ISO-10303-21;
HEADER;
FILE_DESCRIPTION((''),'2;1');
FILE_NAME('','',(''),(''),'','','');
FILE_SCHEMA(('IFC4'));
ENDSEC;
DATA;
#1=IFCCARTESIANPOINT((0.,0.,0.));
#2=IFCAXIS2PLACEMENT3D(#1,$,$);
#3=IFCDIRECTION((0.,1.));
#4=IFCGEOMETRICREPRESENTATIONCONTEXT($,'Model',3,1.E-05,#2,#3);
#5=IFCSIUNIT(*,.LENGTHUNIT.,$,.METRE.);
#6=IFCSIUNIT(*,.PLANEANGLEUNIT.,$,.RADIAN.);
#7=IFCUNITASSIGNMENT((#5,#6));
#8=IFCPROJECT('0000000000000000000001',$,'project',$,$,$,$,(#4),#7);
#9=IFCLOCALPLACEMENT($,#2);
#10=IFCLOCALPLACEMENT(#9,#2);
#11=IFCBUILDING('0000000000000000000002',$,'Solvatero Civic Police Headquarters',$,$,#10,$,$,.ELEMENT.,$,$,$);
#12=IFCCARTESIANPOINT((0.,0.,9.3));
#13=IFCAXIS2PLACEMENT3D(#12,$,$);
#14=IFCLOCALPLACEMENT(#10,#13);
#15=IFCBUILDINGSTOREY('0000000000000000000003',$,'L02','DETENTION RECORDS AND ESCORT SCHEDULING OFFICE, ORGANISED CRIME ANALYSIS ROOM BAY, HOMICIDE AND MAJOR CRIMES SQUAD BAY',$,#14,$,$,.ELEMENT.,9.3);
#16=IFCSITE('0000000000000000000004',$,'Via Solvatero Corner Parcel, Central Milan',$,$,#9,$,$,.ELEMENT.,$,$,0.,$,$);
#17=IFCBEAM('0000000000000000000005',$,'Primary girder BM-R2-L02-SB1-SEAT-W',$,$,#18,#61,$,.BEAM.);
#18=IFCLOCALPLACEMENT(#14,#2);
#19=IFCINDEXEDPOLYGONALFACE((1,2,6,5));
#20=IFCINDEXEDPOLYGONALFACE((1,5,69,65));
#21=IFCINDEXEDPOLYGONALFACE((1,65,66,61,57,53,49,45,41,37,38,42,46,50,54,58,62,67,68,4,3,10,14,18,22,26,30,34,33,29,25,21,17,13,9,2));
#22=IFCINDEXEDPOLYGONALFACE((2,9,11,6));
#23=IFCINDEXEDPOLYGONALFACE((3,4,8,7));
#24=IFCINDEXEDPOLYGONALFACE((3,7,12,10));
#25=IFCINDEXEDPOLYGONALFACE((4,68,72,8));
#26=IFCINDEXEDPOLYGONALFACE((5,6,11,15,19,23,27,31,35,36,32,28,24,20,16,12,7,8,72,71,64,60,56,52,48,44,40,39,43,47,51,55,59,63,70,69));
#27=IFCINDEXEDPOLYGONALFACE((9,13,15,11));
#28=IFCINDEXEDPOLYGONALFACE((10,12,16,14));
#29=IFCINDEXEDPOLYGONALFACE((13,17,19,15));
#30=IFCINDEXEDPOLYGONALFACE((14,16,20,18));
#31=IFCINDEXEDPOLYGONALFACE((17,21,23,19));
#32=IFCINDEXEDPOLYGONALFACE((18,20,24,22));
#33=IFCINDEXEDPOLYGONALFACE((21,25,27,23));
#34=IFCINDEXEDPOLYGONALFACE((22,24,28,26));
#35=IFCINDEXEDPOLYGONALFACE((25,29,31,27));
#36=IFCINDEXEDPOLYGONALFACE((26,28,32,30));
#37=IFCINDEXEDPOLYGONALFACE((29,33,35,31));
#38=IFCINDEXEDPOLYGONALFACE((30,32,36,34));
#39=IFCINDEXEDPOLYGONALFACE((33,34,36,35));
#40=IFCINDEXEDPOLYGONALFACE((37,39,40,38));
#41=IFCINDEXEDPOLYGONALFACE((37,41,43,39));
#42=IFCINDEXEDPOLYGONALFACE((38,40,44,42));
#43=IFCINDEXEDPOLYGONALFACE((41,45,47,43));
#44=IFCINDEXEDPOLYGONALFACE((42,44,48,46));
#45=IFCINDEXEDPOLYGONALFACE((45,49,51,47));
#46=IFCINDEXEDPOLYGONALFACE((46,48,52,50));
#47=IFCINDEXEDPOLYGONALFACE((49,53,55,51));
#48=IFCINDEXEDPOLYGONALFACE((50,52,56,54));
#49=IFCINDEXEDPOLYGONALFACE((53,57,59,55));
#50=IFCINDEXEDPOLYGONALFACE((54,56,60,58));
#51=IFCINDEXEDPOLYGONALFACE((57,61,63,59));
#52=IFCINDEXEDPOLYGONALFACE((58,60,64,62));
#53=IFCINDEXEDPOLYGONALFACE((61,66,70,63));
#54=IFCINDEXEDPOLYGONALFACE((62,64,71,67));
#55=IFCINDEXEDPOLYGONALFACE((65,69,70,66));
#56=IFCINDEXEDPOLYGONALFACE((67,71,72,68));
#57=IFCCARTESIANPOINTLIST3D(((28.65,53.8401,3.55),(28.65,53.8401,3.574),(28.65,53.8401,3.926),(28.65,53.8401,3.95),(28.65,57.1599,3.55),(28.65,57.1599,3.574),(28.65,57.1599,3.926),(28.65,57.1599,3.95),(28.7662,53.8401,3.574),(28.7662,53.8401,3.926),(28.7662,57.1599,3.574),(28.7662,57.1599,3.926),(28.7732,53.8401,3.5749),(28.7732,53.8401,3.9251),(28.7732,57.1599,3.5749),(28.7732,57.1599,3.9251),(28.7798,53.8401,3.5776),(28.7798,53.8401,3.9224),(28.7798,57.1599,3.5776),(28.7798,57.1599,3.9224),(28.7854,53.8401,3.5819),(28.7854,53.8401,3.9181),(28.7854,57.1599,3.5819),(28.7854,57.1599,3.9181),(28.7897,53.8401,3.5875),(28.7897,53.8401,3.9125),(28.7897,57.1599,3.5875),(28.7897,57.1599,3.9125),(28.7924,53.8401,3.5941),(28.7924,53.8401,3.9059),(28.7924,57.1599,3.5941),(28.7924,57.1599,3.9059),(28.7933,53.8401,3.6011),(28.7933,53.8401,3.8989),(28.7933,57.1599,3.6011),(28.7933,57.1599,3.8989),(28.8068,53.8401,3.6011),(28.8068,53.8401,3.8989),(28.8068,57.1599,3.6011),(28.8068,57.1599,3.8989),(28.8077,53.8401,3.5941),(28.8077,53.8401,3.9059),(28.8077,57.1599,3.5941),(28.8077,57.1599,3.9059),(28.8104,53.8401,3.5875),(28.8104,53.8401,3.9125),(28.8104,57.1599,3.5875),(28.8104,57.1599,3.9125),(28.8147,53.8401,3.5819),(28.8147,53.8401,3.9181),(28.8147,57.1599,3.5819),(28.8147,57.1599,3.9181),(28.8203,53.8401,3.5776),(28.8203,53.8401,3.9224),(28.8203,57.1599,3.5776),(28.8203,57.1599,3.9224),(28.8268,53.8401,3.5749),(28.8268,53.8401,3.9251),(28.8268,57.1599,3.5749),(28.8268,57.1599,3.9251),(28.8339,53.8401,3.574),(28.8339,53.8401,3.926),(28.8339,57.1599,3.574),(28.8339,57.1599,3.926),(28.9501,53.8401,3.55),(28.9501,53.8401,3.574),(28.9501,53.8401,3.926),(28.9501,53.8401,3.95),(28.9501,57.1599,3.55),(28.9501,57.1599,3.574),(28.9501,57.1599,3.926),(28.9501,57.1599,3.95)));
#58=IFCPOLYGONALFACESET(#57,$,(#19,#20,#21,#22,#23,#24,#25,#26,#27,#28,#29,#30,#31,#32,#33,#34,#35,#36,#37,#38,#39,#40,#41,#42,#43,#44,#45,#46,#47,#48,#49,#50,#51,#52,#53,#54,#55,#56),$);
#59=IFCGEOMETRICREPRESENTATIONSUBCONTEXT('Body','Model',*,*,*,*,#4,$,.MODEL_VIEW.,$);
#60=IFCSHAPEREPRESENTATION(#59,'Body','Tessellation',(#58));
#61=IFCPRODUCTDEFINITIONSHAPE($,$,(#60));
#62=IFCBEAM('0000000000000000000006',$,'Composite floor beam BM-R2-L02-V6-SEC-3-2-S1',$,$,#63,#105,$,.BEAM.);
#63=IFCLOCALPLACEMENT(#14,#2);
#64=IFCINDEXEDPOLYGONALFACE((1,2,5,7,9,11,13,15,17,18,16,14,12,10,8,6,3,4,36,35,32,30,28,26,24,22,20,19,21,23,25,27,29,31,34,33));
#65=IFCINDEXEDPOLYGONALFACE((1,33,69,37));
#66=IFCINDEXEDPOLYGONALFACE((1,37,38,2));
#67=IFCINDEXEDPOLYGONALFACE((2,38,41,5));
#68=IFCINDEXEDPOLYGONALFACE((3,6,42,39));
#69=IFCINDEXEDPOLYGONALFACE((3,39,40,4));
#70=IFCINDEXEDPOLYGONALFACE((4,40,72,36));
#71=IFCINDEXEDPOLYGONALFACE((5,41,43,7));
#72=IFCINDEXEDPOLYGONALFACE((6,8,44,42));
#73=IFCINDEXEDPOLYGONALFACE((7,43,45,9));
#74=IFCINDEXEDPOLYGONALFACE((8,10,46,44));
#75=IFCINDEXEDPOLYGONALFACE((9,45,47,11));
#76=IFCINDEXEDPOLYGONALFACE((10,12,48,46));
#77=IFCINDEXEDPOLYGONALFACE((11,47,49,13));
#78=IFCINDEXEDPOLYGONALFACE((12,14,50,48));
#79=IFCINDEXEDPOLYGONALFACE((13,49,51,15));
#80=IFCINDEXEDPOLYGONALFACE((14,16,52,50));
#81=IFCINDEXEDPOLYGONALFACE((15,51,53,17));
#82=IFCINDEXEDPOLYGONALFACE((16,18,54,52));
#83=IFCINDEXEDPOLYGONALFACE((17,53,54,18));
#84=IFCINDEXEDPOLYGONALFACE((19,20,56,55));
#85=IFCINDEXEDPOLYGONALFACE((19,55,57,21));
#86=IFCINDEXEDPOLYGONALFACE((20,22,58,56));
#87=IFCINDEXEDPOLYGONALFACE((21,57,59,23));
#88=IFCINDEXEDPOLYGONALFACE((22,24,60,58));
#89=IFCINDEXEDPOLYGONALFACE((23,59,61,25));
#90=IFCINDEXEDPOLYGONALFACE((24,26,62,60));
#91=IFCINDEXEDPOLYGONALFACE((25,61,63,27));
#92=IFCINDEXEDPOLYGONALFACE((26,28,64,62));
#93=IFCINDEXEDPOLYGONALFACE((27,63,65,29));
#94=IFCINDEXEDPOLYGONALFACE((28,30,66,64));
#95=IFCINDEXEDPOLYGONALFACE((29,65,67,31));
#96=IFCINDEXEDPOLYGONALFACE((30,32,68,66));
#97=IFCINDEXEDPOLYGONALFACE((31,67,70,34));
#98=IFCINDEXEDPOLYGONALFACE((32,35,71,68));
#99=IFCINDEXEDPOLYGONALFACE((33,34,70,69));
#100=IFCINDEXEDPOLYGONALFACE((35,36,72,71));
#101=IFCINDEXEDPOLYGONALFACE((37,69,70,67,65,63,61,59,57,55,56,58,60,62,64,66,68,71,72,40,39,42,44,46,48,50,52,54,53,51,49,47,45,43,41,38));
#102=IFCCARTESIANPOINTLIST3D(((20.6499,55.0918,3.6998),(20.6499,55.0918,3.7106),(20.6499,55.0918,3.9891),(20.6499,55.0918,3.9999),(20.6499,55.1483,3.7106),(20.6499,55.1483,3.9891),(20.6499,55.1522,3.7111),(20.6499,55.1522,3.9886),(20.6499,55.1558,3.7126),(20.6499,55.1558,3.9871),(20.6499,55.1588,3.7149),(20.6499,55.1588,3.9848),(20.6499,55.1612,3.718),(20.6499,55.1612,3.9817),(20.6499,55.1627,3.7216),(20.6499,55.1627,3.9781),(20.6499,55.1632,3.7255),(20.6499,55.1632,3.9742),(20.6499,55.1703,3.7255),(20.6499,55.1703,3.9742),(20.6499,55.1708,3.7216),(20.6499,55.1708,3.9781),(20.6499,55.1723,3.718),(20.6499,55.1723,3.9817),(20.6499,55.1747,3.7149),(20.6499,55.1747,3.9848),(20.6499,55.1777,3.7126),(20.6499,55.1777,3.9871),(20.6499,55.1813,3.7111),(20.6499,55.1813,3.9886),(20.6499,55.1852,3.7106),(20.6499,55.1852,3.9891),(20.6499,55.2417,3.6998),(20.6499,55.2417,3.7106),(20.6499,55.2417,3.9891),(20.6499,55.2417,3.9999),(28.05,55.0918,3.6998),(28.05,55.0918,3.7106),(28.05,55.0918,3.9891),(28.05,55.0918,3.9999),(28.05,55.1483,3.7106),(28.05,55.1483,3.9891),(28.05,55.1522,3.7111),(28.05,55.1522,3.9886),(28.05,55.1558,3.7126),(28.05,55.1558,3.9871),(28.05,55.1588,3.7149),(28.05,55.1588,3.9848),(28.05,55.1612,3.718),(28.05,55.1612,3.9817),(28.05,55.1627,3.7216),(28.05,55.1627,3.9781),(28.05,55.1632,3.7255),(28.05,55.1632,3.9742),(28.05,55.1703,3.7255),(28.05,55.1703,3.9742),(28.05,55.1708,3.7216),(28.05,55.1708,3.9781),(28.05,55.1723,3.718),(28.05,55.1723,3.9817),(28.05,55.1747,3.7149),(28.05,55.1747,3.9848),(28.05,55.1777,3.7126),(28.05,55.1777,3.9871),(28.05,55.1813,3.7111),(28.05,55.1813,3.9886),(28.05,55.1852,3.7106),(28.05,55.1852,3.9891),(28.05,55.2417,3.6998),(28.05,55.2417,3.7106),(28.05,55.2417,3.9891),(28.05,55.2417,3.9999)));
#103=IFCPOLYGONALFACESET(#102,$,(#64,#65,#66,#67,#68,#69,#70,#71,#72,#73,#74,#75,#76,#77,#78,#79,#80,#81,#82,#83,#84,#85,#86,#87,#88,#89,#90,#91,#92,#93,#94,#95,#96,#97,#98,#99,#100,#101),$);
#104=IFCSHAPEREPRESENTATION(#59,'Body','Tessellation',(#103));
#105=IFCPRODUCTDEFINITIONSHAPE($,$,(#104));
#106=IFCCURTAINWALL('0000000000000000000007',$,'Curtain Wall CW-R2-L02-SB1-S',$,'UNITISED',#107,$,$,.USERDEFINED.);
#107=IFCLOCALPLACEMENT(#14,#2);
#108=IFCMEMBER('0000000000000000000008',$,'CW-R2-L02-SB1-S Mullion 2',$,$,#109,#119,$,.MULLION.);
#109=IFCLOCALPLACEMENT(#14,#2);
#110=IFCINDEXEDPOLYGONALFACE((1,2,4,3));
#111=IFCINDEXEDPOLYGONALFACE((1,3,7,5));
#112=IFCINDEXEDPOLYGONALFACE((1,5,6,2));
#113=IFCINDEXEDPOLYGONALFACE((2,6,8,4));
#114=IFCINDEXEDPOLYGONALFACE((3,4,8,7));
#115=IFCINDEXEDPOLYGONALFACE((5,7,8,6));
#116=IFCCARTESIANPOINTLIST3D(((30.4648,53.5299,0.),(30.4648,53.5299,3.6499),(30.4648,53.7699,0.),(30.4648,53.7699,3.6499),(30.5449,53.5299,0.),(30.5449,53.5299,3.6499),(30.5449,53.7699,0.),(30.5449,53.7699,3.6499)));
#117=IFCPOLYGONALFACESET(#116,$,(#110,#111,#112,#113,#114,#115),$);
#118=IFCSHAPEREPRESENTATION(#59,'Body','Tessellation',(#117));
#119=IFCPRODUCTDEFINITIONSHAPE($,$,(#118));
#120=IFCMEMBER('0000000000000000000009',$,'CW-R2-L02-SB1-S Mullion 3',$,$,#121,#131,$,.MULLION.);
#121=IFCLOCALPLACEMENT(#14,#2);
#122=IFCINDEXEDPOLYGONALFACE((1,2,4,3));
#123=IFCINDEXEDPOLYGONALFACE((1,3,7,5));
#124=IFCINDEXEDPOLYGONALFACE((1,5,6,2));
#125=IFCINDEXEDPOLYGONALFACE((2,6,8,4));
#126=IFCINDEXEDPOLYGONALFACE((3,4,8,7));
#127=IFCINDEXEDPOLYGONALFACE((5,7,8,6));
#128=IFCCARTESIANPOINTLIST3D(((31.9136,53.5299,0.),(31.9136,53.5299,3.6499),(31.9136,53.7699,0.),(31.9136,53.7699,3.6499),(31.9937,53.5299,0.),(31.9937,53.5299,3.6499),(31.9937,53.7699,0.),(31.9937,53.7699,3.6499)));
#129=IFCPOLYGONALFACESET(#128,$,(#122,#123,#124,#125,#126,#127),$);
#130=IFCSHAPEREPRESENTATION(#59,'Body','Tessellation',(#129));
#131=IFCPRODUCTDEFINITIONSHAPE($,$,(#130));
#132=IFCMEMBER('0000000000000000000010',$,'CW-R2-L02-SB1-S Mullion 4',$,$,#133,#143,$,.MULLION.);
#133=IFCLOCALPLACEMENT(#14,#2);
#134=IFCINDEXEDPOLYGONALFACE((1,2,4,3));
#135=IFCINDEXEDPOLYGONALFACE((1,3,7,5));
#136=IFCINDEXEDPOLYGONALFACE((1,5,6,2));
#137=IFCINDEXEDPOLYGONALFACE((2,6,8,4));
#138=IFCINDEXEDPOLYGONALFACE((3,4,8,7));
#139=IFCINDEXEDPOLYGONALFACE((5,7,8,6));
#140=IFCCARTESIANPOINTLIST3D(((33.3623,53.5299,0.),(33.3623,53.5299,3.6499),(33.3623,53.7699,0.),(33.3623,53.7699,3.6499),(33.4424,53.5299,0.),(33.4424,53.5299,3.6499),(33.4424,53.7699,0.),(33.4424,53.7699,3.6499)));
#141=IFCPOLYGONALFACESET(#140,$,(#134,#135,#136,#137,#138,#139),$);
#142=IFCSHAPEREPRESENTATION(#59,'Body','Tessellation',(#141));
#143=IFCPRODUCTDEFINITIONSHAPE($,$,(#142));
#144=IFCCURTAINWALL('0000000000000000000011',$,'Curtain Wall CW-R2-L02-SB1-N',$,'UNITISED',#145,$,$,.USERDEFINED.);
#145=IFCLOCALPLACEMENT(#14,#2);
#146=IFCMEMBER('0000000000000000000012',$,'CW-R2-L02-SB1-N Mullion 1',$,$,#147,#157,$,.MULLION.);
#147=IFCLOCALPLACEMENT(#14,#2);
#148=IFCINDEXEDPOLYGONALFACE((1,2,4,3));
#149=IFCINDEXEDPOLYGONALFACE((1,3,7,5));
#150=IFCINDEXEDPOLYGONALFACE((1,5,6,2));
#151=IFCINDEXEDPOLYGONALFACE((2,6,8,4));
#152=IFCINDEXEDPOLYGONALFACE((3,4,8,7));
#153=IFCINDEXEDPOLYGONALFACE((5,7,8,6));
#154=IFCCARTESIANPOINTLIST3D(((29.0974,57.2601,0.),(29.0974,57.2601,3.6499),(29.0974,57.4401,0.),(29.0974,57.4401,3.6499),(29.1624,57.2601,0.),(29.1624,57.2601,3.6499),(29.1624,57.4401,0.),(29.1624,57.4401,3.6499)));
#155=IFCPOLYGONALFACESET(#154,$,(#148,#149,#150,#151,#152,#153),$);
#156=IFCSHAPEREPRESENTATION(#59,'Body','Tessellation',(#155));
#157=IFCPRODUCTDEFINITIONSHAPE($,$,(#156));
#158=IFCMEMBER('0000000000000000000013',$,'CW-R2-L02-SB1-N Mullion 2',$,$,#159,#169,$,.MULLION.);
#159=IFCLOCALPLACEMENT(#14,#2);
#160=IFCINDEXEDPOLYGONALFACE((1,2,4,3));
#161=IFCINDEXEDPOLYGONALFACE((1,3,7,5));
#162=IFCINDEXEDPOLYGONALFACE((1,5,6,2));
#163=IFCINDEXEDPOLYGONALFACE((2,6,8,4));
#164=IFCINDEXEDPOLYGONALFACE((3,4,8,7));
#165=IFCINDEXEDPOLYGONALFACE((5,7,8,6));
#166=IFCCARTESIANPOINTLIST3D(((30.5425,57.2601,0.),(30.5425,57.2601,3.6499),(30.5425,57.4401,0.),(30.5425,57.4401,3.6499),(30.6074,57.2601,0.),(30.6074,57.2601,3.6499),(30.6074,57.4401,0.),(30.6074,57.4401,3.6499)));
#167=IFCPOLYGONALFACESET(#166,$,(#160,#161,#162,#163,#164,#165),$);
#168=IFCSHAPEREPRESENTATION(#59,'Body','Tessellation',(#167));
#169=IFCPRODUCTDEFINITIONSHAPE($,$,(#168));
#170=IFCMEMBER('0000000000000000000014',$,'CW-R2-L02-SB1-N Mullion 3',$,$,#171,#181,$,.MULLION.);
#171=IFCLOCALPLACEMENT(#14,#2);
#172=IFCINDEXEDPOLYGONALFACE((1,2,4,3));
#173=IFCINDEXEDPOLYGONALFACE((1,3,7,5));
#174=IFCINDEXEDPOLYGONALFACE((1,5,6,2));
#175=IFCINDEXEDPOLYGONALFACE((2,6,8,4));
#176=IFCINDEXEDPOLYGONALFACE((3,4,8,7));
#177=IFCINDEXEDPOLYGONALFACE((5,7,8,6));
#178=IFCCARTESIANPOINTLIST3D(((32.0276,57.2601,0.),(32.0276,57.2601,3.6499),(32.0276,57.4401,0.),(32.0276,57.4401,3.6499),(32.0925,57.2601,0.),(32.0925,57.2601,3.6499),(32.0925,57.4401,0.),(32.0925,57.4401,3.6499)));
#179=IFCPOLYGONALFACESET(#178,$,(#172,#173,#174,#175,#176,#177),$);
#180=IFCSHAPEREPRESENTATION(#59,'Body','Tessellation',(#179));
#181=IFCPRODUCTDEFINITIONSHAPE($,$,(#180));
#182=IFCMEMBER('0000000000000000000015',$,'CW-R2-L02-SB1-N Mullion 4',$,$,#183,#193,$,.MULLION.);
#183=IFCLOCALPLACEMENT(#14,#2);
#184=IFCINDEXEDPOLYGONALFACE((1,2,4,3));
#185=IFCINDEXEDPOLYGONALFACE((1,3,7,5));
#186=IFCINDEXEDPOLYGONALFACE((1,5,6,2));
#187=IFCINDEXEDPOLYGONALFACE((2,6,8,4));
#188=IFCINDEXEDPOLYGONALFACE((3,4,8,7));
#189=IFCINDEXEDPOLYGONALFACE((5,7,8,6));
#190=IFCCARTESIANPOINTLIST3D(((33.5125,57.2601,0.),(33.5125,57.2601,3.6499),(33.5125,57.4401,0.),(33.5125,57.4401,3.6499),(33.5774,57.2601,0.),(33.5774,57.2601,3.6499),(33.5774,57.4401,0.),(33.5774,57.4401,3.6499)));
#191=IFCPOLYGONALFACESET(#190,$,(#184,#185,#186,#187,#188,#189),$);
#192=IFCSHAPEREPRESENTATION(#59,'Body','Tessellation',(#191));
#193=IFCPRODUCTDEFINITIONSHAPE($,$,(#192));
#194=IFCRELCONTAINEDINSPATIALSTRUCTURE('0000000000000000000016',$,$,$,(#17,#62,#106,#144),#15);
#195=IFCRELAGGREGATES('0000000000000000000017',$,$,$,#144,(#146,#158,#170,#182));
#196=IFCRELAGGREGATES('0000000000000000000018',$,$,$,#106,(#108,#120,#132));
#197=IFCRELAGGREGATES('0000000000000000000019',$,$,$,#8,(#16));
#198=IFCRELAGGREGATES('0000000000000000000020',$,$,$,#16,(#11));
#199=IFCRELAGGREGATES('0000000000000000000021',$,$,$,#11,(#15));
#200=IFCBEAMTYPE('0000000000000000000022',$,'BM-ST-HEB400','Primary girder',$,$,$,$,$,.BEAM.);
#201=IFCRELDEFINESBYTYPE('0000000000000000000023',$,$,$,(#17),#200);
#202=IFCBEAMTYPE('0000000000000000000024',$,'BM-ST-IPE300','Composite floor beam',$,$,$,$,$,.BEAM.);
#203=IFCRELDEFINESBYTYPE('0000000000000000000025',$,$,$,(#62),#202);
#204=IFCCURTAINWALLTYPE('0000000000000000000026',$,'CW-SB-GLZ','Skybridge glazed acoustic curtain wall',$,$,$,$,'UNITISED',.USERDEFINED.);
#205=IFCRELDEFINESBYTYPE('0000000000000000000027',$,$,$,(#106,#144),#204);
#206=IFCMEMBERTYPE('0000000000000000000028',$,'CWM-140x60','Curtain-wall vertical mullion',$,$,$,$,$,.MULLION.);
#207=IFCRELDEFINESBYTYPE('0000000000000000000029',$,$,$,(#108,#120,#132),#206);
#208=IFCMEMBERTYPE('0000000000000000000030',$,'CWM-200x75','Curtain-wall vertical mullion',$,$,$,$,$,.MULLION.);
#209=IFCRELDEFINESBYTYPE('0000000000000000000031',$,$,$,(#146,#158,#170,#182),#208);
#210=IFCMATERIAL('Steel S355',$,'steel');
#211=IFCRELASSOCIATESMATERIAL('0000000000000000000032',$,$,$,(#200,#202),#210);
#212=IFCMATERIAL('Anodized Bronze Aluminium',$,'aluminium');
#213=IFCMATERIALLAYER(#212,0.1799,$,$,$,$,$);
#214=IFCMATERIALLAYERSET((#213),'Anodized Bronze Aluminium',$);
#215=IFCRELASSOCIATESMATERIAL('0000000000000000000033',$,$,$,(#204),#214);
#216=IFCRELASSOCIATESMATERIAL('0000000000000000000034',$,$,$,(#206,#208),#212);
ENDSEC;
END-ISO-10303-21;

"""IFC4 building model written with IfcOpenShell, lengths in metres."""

from ifc_helpers import new_model, si_unit, direction, frame, origin, origin_2d, place, context, subcontext, project, spatial, rectangle, i_section, extrude, material, layer, layer_set, material_profile, profile_set, type_object, element, aggregate, save


model = new_model("IFC4")

# Units and contexts
model_context = context("Model", 3, precision=1e-05, world=origin(), true_north=direction((0.0, 1.0)))
body_context = subcontext(model_context, "Body", "Model", "MODEL_VIEW")
ifc_project = project(units=[si_unit("LENGTHUNIT", "METRE"), si_unit("PLANEANGLEUNIT", "RADIAN")], contexts=[model_context])

# Site, building, storey
site_placement = place(None, origin())
site = spatial("IfcSite", under=ifc_project, at=site_placement, Name="Via Solvatero Corner Parcel, Central Milan", CompositionType="ELEMENT", RefElevation=0.0)
building_placement = place(site_placement, origin())
building = spatial("IfcBuilding", under=site, at=building_placement, Name="Solvatero Civic Police Headquarters", CompositionType="ELEMENT")
storey_placement = place(building_placement, frame((0.0, 0.0, 9.3)))
storey = spatial("IfcBuildingStorey", under=building, at=storey_placement, Name="L02", Description="DETENTION RECORDS AND ESCORT SCHEDULING OFFICE, ORGANISED CRIME ANALYSIS ROOM BAY, HOMICIDE AND MAJOR CRIMES SQUAD BAY", CompositionType="ELEMENT", Elevation=9.3)

# Shared definitions
ifc_material_1 = material(Name="Steel S355", Category="steel")

# Beams
ifc_material_profile_1 = material_profile(ifc_material_1, i_section(OverallWidth=0.3, OverallDepth=0.3999, WebThickness=0.0134, FlangeThickness=0.0239, FilletRadius=0.0271, at=origin_2d()), Name="HEB 400")
ifc_profile_set_1 = profile_set([ifc_material_profile_1], Name="Steel S355")
beam_type_1 = type_object("IfcBeamType", Name="BM-ST-HEB400", Description="Primary girder", PredefinedType="BEAM", material=ifc_profile_set_1)
beam_1_placement = place(storey_placement, frame((28.8, 53.8401, 3.75), z_axis=(0.0, 1.0, 0.0), x_axis=(-1.0, 0.0, 0.0)))
element("IfcBeam", 1, at=beam_1_placement, inside=storey, type_object=beam_type_1, Name="Primary girder BM-R2-L02-SB1-SEAT-W", PredefinedType="BEAM", context=body_context, shape_type="SweptSolid", body=[
    extrude(i_section(OverallWidth=0.3, OverallDepth=0.3999, WebThickness=0.0134, FlangeThickness=0.0239, FilletRadius=0.0271, at=origin_2d()), origin(), (0.0, 0.0, 1.0), 3.3198),
])
ifc_material_profile_2 = material_profile(ifc_material_1, i_section(OverallWidth=0.1499, OverallDepth=0.3, WebThickness=0.0071, FlangeThickness=0.0107, FilletRadius=0.0149, at=origin_2d()), Name="IPE 300")
ifc_profile_set_2 = profile_set([ifc_material_profile_2], Name="Steel S355")
beam_type_2 = type_object("IfcBeamType", Name="BM-ST-IPE300", Description="Composite floor beam", PredefinedType="BEAM", material=ifc_profile_set_2)
beam_2_placement = place(storey_placement, frame((20.6499, 55.1667, 3.8499), z_axis=(1.0, 0.0, 0.0), x_axis=(0.0, 1.0, 0.0)))
element("IfcBeam", 2, at=beam_2_placement, inside=storey, type_object=beam_type_2, Name="Composite floor beam BM-R2-L02-V6-SEC-3-2-S1", PredefinedType="BEAM", context=body_context, shape_type="SweptSolid", body=[
    extrude(i_section(OverallWidth=0.1499, OverallDepth=0.3, WebThickness=0.0071, FlangeThickness=0.0107, FilletRadius=0.0149, at=origin_2d()), origin(), (0.0, 0.0, 1.0), 7.4001),
])

# Curtain walls, members
ifc_material_2 = material(Name="Anodized Bronze Aluminium", Category="aluminium")
ifc_layer_1 = layer(ifc_material_2, 0.1799)
ifc_layer_set_1 = layer_set([ifc_layer_1], Name="Anodized Bronze Aluminium")
curtain_wall_type = type_object("IfcCurtainWallType", Name="CW-SB-GLZ", Description="Skybridge glazed acoustic curtain wall", ElementType="UNITISED", PredefinedType="USERDEFINED", material=ifc_layer_set_1)
curtain_wall_1_placement = place(storey_placement, origin())
curtain_wall_1 = element("IfcCurtainWall", 3, at=curtain_wall_1_placement, inside=storey, type_object=curtain_wall_type, Name="Curtain Wall CW-R2-L02-SB1-S", ObjectType="UNITISED", PredefinedType="USERDEFINED")
ifc_material_profile_3 = material_profile(ifc_material_2, rectangle(XDim=0.0801, YDim=0.24, at=origin_2d()), Name="ALU MULLION 80x240")
ifc_profile_set_3 = profile_set([ifc_material_profile_3], Name="Anodized Bronze Aluminium")
member_type_1 = type_object("IfcMemberType", Name="CWM-140x60", Description="Curtain-wall vertical mullion", PredefinedType="MULLION", material=ifc_profile_set_3)
member_1_placement = place(storey_placement, frame((30.5049, 53.6499, 0.0), z_axis=(0.0, 0.0, 1.0), x_axis=(1.0, 0.0, 0.0)))
member_1 = element("IfcMember", 4, at=member_1_placement, type_object=member_type_1, Name="CW-R2-L02-SB1-S Mullion 2", PredefinedType="MULLION", context=body_context, shape_type="SweptSolid", body=[
    extrude(rectangle(XDim=0.0801, YDim=0.24, at=origin_2d()), origin(), (0.0, 0.0, 1.0), 3.6499),
])
member_2_placement = place(storey_placement, frame((31.9536, 53.6499, 0.0), z_axis=(0.0, 0.0, 1.0), x_axis=(1.0, 0.0, 0.0)))
member_2 = element("IfcMember", 5, at=member_2_placement, type_object=member_type_1, Name="CW-R2-L02-SB1-S Mullion 3", PredefinedType="MULLION", context=body_context, shape_type="SweptSolid", body=[
    extrude(rectangle(XDim=0.0801, YDim=0.24, at=origin_2d()), origin(), (0.0, 0.0, 1.0), 3.6499),
])
member_3_placement = place(storey_placement, frame((33.4023, 53.6499, 0.0), z_axis=(0.0, 0.0, 1.0), x_axis=(1.0, 0.0, 0.0)))
member_3 = element("IfcMember", 6, at=member_3_placement, type_object=member_type_1, Name="CW-R2-L02-SB1-S Mullion 4", PredefinedType="MULLION", context=body_context, shape_type="SweptSolid", body=[
    extrude(rectangle(XDim=0.0801, YDim=0.24, at=origin_2d()), origin(), (0.0, 0.0, 1.0), 3.6499),
])
curtain_wall_2_placement = place(storey_placement, origin())
curtain_wall_2 = element("IfcCurtainWall", 7, at=curtain_wall_2_placement, inside=storey, type_object=curtain_wall_type, Name="Curtain Wall CW-R2-L02-SB1-N", ObjectType="UNITISED", PredefinedType="USERDEFINED")
ifc_material_profile_4 = material_profile(ifc_material_2, rectangle(XDim=0.0649, YDim=0.1799, at=origin_2d()), Name="ALU MULLION 65x180")
ifc_profile_set_4 = profile_set([ifc_material_profile_4], Name="Anodized Bronze Aluminium")
member_type_2 = type_object("IfcMemberType", Name="CWM-200x75", Description="Curtain-wall vertical mullion", PredefinedType="MULLION", material=ifc_profile_set_4)
member_4_placement = place(storey_placement, frame((29.1299, 57.3501, 0.0), z_axis=(0.0, 0.0, 1.0), x_axis=(1.0, 0.0, 0.0)))
member_4 = element("IfcMember", 8, at=member_4_placement, type_object=member_type_2, Name="CW-R2-L02-SB1-N Mullion 1", PredefinedType="MULLION", context=body_context, shape_type="SweptSolid", body=[
    extrude(rectangle(XDim=0.0649, YDim=0.1799, at=origin_2d()), origin(), (0.0, 0.0, 1.0), 3.6499),
])
member_5_placement = place(storey_placement, frame((30.575, 57.3501, 0.0), z_axis=(0.0, 0.0, 1.0), x_axis=(1.0, 0.0, 0.0)))
member_5 = element("IfcMember", 9, at=member_5_placement, type_object=member_type_2, Name="CW-R2-L02-SB1-N Mullion 2", PredefinedType="MULLION", context=body_context, shape_type="SweptSolid", body=[
    extrude(rectangle(XDim=0.0649, YDim=0.1799, at=origin_2d()), origin(), (0.0, 0.0, 1.0), 3.6499),
])
member_6_placement = place(storey_placement, frame((32.0601, 57.3501, 0.0), z_axis=(0.0, 0.0, 1.0), x_axis=(1.0, 0.0, 0.0)))
member_6 = element("IfcMember", 10, at=member_6_placement, type_object=member_type_2, Name="CW-R2-L02-SB1-N Mullion 3", PredefinedType="MULLION", context=body_context, shape_type="SweptSolid", body=[
    extrude(rectangle(XDim=0.0649, YDim=0.1799, at=origin_2d()), origin(), (0.0, 0.0, 1.0), 3.6499),
])
member_7_placement = place(storey_placement, frame((33.5449, 57.3501, 0.0), z_axis=(0.0, 0.0, 1.0), x_axis=(1.0, 0.0, 0.0)))
member_7 = element("IfcMember", 11, at=member_7_placement, type_object=member_type_2, Name="CW-R2-L02-SB1-N Mullion 4", PredefinedType="MULLION", context=body_context, shape_type="SweptSolid", body=[
    extrude(rectangle(XDim=0.0649, YDim=0.1799, at=origin_2d()), origin(), (0.0, 0.0, 1.0), 3.6499),
])

aggregate(curtain_wall_2, [member_4, member_5, member_6, member_7])

aggregate(curtain_wall_1, [member_1, member_2, member_3])

save(model, "model.ifc")
